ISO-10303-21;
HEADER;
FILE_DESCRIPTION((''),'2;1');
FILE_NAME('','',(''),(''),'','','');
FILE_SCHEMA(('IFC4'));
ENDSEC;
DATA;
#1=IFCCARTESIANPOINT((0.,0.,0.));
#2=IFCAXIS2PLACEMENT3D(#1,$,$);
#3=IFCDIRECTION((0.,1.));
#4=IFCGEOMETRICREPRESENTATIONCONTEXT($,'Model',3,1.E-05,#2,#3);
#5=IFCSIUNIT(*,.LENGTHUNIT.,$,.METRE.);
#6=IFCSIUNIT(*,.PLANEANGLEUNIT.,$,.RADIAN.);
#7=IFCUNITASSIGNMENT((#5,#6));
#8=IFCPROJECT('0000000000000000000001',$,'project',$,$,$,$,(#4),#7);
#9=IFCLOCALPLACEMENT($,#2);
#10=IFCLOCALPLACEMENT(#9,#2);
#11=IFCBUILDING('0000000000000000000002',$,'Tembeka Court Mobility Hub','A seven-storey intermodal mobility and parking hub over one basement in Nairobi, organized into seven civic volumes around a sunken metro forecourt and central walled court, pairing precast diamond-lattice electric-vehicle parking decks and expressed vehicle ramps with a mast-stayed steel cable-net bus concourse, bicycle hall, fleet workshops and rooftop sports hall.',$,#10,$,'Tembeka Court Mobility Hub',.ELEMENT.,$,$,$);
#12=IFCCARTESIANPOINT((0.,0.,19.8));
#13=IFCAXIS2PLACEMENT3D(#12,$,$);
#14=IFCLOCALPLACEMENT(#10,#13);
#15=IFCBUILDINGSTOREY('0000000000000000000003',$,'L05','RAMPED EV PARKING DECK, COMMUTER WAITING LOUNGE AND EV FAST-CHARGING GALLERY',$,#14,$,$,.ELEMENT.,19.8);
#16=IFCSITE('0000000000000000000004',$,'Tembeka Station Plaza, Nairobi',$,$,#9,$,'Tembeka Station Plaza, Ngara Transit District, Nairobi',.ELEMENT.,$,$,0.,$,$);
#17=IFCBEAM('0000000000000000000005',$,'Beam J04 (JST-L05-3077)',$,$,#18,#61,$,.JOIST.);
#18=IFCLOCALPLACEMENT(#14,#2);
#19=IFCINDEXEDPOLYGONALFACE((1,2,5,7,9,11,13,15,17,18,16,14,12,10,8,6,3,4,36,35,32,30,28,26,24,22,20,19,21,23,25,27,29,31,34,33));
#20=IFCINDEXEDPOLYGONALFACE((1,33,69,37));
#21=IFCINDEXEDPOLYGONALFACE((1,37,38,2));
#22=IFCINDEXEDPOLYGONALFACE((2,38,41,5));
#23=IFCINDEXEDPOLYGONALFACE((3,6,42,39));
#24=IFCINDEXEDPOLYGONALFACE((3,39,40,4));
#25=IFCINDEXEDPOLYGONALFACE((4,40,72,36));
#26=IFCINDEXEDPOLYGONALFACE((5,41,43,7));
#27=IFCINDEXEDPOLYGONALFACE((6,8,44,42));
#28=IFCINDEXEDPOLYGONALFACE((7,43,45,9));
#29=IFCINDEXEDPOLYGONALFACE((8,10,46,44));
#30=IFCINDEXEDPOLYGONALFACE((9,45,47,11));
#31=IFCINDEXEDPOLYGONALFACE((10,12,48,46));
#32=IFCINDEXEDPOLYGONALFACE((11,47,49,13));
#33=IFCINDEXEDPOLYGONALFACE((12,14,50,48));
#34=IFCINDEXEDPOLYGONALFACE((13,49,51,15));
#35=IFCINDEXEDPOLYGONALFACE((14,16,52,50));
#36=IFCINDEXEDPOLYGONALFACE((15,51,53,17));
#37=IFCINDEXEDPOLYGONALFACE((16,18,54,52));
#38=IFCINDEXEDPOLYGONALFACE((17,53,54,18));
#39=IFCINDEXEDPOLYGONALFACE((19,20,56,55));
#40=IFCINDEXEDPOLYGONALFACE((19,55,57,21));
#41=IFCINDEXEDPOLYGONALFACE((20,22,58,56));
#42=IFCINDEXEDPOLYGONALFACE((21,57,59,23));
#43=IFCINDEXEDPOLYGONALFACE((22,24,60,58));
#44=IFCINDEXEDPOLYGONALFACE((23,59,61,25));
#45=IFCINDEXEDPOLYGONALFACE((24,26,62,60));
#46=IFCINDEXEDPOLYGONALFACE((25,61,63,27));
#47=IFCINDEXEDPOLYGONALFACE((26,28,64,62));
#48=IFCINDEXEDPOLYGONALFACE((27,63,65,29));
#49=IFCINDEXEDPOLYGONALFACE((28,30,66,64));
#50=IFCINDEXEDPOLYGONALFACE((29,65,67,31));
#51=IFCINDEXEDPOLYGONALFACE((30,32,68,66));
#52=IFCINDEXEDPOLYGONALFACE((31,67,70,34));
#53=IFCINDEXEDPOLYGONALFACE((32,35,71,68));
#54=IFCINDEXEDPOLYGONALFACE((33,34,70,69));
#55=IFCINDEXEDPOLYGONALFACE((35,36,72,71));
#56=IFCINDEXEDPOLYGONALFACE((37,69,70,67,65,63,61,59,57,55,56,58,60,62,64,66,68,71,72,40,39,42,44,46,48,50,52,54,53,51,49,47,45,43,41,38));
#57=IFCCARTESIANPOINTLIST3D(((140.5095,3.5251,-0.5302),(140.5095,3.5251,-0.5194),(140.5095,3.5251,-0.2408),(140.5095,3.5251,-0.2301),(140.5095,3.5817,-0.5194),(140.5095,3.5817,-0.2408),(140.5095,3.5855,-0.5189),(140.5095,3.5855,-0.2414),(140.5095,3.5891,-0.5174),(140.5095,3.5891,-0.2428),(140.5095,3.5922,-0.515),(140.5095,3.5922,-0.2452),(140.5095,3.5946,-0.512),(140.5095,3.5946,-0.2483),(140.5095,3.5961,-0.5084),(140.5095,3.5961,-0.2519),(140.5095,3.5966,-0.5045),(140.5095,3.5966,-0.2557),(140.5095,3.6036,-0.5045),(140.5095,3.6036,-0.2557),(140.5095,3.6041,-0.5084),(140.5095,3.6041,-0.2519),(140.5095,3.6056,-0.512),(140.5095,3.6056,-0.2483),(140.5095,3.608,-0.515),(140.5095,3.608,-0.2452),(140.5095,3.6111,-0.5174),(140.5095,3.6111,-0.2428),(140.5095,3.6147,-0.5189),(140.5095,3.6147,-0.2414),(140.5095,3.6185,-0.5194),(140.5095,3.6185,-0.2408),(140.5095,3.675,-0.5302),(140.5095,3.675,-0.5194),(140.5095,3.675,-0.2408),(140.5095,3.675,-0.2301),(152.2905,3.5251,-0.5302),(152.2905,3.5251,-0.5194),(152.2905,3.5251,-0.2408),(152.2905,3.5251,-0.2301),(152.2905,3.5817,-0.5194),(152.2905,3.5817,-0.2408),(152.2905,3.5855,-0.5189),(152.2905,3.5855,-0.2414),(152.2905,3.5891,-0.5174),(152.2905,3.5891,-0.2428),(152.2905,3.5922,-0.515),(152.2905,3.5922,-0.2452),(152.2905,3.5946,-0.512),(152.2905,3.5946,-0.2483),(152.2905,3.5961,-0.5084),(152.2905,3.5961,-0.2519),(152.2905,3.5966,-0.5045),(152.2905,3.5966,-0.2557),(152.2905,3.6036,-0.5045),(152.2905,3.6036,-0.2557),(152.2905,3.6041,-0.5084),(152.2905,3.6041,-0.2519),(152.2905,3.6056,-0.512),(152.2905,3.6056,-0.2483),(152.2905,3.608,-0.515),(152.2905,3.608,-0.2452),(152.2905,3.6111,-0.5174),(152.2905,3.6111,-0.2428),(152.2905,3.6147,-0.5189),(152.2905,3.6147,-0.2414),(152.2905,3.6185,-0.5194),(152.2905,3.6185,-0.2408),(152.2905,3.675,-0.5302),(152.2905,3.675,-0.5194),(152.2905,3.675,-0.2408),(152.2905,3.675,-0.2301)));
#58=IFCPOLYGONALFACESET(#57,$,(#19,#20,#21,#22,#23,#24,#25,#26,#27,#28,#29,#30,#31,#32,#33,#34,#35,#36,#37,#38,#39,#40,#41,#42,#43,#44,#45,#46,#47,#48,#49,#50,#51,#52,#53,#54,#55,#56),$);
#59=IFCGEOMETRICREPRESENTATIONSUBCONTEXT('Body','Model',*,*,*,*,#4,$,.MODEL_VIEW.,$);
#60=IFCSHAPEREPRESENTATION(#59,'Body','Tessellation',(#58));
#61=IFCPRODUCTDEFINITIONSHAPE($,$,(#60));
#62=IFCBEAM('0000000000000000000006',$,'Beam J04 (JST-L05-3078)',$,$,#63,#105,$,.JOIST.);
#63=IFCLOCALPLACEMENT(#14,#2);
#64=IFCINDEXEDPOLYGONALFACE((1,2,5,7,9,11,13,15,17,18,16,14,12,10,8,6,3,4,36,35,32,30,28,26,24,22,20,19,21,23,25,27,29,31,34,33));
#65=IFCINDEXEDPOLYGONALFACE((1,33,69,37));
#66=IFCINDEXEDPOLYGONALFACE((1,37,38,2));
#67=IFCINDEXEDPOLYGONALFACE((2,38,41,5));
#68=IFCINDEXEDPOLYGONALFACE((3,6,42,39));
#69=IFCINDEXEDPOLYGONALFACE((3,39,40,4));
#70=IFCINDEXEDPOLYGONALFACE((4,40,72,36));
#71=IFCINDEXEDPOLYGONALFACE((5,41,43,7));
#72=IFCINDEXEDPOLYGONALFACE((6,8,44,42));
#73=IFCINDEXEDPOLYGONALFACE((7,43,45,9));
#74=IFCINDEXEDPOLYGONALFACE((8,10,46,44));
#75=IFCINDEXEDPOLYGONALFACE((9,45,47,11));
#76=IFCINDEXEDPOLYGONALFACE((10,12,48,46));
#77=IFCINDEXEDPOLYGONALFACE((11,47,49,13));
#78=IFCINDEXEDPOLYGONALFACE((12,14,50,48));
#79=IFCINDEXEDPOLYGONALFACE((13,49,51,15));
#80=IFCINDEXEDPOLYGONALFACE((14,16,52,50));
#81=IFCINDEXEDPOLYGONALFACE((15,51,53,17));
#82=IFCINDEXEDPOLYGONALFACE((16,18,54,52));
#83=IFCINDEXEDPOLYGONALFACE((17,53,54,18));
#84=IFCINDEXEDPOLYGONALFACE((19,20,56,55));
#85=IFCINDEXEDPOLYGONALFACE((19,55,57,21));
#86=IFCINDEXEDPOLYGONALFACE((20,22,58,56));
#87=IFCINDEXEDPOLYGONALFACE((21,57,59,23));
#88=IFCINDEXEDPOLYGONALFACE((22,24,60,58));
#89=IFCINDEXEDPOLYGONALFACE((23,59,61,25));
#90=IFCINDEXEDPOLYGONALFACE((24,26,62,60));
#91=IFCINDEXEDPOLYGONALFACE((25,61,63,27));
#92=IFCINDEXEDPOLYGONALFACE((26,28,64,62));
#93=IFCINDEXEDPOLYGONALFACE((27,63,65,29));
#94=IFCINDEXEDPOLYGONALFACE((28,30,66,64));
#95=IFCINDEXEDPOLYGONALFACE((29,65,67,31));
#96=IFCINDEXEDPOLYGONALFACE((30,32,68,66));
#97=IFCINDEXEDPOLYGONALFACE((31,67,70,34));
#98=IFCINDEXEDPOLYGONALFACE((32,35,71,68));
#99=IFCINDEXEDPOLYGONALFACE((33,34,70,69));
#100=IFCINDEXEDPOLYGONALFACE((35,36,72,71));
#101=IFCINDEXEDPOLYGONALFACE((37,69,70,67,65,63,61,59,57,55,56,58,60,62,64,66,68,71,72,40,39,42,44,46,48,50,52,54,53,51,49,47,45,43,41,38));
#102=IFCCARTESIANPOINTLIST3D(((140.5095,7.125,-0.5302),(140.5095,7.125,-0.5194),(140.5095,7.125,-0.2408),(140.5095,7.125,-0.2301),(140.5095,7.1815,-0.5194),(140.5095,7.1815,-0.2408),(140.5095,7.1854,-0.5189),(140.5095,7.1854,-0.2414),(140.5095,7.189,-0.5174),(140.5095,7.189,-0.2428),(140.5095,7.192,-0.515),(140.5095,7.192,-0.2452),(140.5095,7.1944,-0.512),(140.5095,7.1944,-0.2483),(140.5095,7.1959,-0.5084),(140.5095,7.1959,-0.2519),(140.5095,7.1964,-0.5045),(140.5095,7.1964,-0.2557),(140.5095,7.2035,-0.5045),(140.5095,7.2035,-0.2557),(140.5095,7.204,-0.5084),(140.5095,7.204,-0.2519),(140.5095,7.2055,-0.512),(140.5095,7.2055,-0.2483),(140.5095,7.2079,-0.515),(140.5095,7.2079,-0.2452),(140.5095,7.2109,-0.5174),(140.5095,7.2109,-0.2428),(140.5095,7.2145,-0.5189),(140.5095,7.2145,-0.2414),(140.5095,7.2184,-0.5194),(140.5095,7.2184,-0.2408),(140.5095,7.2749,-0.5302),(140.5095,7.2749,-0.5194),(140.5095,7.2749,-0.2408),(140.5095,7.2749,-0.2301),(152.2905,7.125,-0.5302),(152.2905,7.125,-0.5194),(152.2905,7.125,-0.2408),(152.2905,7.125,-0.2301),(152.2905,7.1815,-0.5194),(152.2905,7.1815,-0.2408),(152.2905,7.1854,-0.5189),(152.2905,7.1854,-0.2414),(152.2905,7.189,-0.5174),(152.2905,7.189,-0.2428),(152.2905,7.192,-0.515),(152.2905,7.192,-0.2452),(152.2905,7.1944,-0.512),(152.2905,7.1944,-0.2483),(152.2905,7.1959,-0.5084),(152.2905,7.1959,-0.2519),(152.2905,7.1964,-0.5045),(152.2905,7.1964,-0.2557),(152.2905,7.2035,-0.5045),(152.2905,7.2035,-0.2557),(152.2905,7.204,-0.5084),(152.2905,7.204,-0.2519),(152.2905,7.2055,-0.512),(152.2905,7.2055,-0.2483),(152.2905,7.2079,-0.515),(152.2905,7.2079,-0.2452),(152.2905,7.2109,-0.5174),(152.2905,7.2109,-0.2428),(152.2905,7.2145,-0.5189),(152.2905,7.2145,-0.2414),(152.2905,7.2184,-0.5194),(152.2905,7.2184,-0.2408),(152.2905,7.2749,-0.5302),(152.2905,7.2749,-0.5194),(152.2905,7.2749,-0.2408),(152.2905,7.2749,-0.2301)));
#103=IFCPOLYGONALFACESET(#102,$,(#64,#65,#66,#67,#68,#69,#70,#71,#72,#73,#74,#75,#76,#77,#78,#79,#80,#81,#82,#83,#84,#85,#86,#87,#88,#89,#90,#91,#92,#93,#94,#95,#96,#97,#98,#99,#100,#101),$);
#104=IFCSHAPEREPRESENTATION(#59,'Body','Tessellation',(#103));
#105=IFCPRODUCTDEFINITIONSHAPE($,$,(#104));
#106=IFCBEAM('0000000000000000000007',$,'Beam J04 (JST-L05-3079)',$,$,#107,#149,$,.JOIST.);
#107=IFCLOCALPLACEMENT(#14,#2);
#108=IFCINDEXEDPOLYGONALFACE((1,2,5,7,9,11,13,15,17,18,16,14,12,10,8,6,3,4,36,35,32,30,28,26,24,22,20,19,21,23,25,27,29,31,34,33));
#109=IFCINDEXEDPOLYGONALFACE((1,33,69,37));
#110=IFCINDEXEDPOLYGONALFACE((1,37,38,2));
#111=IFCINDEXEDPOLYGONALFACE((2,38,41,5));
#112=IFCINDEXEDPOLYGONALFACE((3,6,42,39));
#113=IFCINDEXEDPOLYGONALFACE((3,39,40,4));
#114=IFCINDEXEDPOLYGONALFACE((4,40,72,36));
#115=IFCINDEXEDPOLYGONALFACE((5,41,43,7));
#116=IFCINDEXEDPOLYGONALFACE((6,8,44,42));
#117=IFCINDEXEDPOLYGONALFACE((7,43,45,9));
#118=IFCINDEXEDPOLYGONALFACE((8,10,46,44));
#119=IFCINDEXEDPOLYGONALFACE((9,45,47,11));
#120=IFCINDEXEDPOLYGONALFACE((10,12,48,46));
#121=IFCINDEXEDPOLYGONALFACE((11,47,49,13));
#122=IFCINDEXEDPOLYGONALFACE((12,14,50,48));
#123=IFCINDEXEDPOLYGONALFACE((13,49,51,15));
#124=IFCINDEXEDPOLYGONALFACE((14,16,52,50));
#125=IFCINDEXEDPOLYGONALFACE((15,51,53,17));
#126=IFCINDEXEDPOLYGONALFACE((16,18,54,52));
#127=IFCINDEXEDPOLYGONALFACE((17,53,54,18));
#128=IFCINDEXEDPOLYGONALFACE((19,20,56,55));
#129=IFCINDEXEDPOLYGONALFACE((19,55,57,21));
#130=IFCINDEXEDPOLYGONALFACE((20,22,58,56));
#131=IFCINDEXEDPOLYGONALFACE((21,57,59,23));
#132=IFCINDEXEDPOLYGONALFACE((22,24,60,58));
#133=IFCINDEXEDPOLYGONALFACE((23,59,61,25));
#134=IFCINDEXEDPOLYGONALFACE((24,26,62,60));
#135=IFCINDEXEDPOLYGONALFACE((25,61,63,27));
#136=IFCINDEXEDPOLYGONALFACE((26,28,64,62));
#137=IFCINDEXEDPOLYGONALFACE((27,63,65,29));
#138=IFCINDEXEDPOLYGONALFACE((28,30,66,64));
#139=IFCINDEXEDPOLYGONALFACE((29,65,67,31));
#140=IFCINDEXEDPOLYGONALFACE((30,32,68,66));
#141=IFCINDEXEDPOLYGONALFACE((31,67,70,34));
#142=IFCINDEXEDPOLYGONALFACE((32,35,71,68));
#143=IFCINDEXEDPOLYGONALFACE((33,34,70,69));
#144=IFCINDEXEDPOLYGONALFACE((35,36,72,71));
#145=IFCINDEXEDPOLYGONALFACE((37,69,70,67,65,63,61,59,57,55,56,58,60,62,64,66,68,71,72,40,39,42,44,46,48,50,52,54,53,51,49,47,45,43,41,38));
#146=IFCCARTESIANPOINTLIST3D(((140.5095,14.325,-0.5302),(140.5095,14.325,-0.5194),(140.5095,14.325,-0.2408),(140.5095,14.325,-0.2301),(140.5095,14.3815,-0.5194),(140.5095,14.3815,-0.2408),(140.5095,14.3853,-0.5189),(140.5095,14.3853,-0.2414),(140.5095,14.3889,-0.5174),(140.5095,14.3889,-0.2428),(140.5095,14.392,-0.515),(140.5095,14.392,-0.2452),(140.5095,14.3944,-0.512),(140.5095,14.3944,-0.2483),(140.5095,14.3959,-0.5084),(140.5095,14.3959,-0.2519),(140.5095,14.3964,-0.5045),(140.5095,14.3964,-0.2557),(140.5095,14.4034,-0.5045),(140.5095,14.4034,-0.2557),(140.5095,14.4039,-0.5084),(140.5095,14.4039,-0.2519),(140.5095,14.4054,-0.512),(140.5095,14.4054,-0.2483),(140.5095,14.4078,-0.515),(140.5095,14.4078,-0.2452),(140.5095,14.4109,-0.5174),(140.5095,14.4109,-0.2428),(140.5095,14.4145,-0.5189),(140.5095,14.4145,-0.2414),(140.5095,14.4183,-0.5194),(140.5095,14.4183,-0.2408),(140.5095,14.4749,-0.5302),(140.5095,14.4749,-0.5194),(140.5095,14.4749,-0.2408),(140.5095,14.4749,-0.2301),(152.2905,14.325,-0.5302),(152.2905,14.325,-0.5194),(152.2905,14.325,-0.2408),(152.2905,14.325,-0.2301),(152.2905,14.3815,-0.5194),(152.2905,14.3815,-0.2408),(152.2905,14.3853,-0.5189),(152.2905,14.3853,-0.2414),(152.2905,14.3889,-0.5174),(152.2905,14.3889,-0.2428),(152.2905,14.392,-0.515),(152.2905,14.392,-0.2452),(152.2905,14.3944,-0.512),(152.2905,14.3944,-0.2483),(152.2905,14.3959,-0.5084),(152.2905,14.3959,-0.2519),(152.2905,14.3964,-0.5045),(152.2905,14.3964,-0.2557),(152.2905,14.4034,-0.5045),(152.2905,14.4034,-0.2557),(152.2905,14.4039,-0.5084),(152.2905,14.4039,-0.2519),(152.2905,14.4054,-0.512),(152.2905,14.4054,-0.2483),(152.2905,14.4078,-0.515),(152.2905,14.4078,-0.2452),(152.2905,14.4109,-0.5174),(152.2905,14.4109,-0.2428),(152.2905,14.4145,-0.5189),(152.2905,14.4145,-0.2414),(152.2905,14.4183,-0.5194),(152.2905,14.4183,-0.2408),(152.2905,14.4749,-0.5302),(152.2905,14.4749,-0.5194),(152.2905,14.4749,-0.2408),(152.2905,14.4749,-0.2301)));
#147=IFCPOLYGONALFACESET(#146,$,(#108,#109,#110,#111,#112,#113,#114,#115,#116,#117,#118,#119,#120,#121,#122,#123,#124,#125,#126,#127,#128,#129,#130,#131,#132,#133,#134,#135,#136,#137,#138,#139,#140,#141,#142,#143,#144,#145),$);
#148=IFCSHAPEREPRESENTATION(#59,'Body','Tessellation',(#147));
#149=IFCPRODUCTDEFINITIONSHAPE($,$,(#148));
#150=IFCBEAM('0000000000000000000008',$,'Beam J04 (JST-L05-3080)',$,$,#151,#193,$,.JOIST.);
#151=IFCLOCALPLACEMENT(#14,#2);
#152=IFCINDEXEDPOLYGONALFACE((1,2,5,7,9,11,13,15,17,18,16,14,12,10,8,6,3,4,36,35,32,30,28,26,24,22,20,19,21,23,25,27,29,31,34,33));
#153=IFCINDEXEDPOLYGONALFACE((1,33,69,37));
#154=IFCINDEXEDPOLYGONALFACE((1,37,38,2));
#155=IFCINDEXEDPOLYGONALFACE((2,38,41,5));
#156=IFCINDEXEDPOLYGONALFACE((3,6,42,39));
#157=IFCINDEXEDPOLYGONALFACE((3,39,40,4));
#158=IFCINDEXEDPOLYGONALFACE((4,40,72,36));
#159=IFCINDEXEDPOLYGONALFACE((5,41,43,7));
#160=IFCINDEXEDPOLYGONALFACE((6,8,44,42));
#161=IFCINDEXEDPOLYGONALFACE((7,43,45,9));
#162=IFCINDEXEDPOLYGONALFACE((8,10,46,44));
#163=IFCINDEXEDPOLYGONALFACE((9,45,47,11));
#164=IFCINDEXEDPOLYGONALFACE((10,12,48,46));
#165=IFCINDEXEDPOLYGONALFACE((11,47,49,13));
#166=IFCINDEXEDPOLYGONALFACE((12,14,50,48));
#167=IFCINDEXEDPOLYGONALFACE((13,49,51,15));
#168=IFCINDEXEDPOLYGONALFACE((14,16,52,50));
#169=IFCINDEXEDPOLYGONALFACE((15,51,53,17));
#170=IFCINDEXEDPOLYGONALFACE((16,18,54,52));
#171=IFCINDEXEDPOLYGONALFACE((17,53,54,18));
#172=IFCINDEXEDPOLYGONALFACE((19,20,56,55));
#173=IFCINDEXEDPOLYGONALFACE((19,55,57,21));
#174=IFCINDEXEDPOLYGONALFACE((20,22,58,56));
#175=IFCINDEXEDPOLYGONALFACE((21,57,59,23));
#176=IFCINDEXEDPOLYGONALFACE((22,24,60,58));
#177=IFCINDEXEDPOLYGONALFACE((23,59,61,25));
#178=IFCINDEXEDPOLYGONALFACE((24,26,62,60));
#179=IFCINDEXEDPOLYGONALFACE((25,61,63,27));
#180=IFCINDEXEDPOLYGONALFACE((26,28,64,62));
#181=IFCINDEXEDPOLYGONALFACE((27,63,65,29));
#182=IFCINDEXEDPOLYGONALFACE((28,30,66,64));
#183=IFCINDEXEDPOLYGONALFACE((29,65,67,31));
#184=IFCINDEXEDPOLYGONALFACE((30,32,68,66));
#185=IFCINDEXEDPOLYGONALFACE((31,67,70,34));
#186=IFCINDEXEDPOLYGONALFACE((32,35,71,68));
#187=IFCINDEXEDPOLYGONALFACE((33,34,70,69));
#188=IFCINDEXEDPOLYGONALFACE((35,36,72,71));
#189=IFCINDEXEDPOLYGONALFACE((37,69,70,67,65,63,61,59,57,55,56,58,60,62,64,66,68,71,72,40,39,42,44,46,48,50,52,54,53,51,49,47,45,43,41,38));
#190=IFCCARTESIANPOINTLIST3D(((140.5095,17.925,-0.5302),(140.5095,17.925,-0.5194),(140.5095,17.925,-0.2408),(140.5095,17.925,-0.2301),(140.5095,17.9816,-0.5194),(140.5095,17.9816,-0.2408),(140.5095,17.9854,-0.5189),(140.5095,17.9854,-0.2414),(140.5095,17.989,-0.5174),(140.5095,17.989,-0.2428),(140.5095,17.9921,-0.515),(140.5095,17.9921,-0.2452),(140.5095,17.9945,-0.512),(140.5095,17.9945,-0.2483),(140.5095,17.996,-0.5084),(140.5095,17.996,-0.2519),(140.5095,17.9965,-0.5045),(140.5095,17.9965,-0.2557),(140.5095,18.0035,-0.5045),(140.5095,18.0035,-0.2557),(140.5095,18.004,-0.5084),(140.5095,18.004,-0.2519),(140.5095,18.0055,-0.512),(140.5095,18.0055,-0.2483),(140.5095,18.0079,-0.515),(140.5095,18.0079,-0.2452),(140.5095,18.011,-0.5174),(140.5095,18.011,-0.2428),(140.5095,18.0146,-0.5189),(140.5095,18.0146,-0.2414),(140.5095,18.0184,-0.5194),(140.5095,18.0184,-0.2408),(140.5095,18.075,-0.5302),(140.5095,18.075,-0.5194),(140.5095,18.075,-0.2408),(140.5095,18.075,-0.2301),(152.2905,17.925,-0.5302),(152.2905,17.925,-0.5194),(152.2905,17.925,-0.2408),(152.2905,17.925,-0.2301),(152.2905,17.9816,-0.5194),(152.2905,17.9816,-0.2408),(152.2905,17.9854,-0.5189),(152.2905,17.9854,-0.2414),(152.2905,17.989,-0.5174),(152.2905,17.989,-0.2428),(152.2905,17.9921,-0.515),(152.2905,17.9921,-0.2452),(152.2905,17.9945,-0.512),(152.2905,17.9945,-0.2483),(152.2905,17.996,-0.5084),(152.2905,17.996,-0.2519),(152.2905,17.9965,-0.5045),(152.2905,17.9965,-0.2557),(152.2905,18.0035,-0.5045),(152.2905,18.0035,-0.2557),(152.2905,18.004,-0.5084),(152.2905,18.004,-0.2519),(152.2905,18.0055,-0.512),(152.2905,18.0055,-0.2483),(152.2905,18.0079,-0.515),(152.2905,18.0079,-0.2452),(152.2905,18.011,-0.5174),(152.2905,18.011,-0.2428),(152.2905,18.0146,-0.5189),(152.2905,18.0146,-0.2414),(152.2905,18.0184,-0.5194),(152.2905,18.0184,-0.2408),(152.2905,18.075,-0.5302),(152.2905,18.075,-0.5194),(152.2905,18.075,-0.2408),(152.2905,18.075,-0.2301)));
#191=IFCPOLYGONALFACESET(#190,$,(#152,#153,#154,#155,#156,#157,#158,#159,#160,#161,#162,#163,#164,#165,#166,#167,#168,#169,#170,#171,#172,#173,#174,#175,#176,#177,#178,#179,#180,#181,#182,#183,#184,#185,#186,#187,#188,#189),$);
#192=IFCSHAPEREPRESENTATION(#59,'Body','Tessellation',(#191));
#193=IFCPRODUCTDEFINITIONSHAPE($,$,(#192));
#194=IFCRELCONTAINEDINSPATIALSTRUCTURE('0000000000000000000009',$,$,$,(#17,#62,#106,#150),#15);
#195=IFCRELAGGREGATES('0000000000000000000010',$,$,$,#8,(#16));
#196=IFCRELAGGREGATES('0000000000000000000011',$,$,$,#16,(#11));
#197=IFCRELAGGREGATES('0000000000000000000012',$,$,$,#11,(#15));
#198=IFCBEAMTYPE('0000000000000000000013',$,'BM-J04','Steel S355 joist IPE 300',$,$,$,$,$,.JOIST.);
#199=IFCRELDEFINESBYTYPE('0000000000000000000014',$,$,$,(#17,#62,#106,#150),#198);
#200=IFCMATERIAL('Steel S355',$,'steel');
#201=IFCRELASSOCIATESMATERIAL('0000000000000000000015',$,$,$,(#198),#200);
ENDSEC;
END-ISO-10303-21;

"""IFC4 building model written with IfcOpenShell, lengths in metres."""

from ifc_helpers import new_model, si_unit, direction, frame, origin, origin_2d, place, context, subcontext, project, spatial, i_section, extrude, material, material_profile, profile_set, type_object, element, save


model = new_model("IFC4")

# Units and contexts
model_context = context("Model", 3, precision=1e-05, world=origin(), true_north=direction((0.0, 1.0)))
body_context = subcontext(model_context, "Body", "Model", "MODEL_VIEW")
ifc_project = project(units=[si_unit("LENGTHUNIT", "METRE"), si_unit("PLANEANGLEUNIT", "RADIAN")], contexts=[model_context])

# Site, building, storey
site_placement = place(None, origin())
site = spatial("IfcSite", under=ifc_project, at=site_placement, Name="Tembeka Station Plaza, Nairobi", LongName="Tembeka Station Plaza, Ngara Transit District, Nairobi", CompositionType="ELEMENT", RefElevation=0.0)
building_placement = place(site_placement, origin())
building = spatial("IfcBuilding", under=site, at=building_placement, Name="Tembeka Court Mobility Hub", Description="A seven-storey intermodal mobility and parking hub over one basement in Nairobi, organized into seven civic volumes around a sunken metro forecourt and central walled court, pairing precast diamond-lattice electric-vehicle parking decks and expressed vehicle ramps with a mast-stayed steel cable-net bus concourse, bicycle hall, fleet workshops and rooftop sports hall.", LongName="Tembeka Court Mobility Hub", CompositionType="ELEMENT")
storey_placement = place(building_placement, frame((0.0, 0.0, 19.8)))
storey = spatial("IfcBuildingStorey", under=building, at=storey_placement, Name="L05", Description="RAMPED EV PARKING DECK, COMMUTER WAITING LOUNGE AND EV FAST-CHARGING GALLERY", CompositionType="ELEMENT", Elevation=19.8)

# Beams
ifc_material_1 = material(Name="Steel S355", Category="steel")
ifc_material_profile_1 = material_profile(ifc_material_1, i_section(OverallWidth=0.1499, OverallDepth=0.3, WebThickness=0.0071, FlangeThickness=0.0107, FilletRadius=0.0149, at=origin_2d()), Name="IPE 300")
ifc_profile_set_1 = profile_set([ifc_material_profile_1], Name="Steel S355")
beam_type_1 = type_object("IfcBeamType", Name="BM-J04", Description="Steel S355 joist IPE 300", PredefinedType="JOIST", material=ifc_profile_set_1)
for number, where, z_axis, x_axis, name in (
    (1, (140.5095, 3.6001, -0.3801), (1.0, 0.0, 0.0), (0.0, 1.0, 0.0), "Beam J04 (JST-L05-3077)"),
    (2, (140.5095, 7.2, -0.3801), (1.0, 0.0, 0.0), (0.0, 1.0, 0.0), "Beam J04 (JST-L05-3078)"),
    (3, (140.5095, 14.3999, -0.3801), (1.0, 0.0, 0.0), (0.0, 1.0, 0.0), "Beam J04 (JST-L05-3079)"),
    (4, (140.5095, 18.0, -0.3801), (1.0, 0.0, 0.0), (0.0, 1.0, 0.0), "Beam J04 (JST-L05-3080)"),
):
    element("IfcBeam", number, at=place(storey_placement, frame(where, z_axis=z_axis, x_axis=x_axis)), inside=storey, type_object=beam_type_1, Name=name, PredefinedType="JOIST", context=body_context, shape_type="SweptSolid", body=[
        extrude(i_section(OverallWidth=0.1499, OverallDepth=0.3, WebThickness=0.0071, FlangeThickness=0.0107, FilletRadius=0.0149, at=origin_2d()), origin(), (0.0, 0.0, 1.0), 11.781),
    ])

save(model, "model.ifc")
